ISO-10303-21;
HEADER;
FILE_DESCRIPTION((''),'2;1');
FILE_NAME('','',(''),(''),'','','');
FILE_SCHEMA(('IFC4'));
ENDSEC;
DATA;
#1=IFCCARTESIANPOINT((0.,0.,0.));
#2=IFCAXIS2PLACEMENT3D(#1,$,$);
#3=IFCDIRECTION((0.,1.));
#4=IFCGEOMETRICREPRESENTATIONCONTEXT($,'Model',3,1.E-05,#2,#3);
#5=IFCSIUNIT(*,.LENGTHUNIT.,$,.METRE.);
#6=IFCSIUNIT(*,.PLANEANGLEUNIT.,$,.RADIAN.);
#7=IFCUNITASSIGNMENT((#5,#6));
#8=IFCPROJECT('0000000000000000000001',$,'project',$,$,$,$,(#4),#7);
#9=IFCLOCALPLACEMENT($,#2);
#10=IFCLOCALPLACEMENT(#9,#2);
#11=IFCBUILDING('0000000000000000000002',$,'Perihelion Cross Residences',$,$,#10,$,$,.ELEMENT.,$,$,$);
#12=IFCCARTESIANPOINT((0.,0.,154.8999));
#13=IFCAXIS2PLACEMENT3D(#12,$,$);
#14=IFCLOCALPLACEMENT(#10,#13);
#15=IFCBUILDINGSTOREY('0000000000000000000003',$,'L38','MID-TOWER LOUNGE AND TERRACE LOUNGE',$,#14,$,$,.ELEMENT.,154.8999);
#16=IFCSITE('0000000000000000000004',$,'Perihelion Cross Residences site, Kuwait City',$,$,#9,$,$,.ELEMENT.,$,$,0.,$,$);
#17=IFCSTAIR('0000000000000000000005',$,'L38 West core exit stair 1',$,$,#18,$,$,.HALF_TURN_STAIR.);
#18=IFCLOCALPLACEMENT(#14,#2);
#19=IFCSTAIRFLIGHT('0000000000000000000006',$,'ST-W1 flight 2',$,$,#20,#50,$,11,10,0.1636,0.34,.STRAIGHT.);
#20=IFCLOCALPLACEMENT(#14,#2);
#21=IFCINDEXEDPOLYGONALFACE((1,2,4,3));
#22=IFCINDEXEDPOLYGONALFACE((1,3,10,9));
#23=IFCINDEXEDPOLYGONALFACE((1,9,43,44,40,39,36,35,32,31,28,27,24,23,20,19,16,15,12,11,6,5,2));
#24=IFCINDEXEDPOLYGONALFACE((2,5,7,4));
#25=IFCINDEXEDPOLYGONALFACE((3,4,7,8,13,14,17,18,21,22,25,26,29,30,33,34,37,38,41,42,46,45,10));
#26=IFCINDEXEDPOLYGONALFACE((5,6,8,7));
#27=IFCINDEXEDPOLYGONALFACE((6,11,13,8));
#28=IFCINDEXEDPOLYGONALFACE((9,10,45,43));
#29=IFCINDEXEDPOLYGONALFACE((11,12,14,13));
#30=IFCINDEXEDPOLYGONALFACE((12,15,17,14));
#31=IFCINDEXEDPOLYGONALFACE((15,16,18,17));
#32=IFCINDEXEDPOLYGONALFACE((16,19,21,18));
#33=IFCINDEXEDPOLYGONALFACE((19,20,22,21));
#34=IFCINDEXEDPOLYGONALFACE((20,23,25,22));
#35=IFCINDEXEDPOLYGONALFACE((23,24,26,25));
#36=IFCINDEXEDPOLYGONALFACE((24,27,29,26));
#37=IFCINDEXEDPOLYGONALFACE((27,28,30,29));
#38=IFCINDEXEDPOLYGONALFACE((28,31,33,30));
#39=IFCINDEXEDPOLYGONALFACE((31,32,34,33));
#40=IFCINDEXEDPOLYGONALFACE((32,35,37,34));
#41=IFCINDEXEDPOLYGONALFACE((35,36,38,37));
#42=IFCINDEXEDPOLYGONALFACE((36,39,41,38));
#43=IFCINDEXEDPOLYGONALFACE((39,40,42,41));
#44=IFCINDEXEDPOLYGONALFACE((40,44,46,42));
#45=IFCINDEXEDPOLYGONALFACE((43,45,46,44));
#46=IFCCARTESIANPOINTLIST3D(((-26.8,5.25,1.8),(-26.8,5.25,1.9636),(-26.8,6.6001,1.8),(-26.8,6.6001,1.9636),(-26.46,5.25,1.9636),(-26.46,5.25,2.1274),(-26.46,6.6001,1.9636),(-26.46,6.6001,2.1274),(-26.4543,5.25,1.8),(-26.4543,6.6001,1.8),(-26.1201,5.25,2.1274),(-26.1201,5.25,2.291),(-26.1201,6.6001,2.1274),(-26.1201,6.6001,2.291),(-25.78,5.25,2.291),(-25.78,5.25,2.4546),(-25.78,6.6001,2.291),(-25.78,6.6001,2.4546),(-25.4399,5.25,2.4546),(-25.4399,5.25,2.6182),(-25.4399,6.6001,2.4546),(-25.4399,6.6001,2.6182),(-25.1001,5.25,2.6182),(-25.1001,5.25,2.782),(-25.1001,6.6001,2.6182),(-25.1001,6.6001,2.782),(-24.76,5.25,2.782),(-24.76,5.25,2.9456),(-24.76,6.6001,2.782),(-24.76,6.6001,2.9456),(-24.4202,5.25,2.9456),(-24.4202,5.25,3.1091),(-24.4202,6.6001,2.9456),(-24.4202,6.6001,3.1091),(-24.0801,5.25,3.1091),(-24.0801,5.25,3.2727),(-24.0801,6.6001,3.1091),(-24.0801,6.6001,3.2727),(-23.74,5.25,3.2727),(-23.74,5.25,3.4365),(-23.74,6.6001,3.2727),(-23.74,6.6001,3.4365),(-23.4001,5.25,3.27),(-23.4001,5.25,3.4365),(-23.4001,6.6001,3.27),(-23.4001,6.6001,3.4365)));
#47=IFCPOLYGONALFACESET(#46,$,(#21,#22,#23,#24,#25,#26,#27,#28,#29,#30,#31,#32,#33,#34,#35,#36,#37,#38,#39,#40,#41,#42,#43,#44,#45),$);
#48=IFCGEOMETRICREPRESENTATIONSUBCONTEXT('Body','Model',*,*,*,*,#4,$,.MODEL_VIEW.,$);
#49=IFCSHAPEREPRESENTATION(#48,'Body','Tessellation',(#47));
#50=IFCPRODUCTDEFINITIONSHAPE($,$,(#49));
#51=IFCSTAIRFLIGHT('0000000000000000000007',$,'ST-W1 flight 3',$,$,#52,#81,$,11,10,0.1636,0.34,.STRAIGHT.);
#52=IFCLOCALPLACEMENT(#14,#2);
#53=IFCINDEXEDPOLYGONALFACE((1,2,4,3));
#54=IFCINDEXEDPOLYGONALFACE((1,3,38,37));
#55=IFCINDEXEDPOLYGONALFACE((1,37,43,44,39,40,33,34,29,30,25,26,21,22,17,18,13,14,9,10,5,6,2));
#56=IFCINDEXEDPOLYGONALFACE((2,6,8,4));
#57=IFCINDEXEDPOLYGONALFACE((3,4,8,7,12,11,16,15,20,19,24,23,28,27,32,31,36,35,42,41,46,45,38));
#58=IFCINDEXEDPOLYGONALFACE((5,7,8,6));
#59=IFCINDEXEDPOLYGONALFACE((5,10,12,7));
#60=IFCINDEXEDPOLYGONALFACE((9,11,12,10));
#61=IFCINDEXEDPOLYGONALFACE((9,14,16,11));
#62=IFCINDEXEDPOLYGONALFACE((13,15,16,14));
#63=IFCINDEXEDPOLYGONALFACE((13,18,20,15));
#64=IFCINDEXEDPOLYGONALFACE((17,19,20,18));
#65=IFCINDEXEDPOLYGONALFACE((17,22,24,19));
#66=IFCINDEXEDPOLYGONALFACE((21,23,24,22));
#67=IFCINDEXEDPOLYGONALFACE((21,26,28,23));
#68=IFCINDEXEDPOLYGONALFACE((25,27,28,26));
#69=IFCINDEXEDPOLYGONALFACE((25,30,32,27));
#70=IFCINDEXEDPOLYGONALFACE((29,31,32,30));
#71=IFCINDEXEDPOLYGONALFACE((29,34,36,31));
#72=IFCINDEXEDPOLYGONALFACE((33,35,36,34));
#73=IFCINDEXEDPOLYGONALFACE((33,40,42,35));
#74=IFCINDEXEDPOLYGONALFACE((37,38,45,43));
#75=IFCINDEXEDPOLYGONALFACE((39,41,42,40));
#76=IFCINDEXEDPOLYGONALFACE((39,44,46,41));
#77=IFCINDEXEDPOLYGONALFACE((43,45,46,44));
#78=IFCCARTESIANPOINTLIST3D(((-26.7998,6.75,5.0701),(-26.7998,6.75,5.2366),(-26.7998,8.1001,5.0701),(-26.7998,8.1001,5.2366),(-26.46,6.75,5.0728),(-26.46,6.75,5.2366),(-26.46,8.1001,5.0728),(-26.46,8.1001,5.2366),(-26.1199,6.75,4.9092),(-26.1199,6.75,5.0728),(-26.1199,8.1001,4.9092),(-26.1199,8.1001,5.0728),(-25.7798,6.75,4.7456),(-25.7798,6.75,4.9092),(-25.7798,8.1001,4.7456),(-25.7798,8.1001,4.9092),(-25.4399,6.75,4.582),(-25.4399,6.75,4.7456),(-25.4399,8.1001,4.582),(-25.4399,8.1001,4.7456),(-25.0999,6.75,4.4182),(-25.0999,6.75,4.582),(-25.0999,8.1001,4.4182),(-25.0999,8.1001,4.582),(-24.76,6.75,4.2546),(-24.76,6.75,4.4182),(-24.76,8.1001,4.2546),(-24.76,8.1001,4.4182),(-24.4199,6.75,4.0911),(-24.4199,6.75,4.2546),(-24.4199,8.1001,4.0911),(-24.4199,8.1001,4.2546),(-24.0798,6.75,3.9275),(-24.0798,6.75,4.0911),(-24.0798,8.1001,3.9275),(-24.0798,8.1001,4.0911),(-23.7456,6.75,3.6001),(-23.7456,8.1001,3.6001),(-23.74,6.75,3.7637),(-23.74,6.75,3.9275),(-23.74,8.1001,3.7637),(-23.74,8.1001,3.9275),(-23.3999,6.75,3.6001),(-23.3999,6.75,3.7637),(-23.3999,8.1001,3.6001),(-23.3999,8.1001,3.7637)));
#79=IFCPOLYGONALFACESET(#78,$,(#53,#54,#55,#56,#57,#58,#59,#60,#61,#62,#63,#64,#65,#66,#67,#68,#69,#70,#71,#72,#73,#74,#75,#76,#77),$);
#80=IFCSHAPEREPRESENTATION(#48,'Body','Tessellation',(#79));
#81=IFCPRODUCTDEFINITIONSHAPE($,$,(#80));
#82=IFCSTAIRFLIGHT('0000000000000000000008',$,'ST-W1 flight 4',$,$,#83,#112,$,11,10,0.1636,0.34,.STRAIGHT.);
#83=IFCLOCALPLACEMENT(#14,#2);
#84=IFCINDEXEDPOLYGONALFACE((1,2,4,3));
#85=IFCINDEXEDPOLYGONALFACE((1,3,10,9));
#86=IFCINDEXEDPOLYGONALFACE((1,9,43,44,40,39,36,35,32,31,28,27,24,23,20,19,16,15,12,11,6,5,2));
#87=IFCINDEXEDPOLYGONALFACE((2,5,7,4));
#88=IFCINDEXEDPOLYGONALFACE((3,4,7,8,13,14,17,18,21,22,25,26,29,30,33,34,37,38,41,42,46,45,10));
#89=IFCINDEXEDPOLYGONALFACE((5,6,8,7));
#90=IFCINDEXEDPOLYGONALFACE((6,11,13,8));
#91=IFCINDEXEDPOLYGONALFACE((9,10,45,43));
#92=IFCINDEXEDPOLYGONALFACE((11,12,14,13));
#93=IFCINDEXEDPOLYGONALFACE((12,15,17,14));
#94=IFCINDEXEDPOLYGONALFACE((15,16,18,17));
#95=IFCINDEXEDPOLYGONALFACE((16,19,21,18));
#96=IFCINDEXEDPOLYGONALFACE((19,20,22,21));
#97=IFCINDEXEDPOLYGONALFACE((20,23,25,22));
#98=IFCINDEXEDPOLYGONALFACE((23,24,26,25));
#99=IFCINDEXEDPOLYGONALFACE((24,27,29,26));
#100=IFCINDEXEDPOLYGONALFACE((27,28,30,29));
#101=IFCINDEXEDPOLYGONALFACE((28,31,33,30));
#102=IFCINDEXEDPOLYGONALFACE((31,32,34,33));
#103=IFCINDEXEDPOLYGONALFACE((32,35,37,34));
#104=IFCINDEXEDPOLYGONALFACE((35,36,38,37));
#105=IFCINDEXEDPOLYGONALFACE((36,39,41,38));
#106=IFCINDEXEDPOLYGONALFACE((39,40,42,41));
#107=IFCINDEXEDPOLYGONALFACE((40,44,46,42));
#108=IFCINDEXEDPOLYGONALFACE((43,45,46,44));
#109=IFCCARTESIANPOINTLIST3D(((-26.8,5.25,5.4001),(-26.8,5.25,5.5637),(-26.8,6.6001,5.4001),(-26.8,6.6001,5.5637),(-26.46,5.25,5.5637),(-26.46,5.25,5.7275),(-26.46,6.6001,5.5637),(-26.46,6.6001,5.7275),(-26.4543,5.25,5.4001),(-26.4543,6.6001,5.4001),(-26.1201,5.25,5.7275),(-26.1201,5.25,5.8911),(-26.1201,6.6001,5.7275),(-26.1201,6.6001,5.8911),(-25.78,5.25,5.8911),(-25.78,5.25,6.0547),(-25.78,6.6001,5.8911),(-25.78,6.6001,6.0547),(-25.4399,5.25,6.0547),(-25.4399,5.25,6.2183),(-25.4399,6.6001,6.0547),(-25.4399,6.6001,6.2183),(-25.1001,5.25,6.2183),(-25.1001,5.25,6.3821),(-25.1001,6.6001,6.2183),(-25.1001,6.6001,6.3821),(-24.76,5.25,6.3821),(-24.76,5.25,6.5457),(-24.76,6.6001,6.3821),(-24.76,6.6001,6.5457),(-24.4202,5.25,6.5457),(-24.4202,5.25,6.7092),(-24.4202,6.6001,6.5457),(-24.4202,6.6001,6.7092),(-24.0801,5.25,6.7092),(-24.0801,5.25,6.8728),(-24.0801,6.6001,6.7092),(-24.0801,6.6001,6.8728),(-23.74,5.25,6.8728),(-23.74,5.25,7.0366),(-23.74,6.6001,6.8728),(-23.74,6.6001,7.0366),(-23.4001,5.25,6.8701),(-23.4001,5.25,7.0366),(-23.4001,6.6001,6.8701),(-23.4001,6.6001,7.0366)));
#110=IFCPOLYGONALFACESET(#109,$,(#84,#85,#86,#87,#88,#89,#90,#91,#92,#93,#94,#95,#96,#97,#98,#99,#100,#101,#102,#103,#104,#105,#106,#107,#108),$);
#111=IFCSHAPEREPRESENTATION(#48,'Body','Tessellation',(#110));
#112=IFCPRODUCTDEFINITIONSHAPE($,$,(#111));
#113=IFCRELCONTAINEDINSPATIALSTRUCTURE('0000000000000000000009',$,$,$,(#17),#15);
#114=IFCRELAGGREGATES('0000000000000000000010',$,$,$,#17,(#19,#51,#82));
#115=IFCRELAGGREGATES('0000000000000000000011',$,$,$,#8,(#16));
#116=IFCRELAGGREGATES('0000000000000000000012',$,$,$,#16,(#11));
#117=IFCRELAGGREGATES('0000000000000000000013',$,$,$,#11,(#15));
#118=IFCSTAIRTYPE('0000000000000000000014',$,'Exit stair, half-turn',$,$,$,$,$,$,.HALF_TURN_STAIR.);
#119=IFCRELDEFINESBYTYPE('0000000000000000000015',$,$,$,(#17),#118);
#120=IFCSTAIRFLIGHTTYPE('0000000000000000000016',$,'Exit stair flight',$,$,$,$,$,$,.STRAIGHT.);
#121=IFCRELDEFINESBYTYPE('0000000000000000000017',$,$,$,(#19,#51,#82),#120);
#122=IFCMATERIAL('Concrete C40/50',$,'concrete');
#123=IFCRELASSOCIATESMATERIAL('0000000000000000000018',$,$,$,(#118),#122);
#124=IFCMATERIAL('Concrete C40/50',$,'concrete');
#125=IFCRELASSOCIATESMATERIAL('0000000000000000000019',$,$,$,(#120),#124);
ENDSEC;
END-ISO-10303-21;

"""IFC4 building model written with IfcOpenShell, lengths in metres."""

from ifc_helpers import new_model, si_unit, direction, frame, origin, place, context, subcontext, project, spatial, polyline, outline, extrude, material, type_object, element, aggregate, save


model = new_model("IFC4")

# Units and contexts
model_context = context("Model", 3, precision=1e-05, world=origin(), true_north=direction((0.0, 1.0)))
body_context = subcontext(model_context, "Body", "Model", "MODEL_VIEW")
ifc_project = project(units=[si_unit("LENGTHUNIT", "METRE"), si_unit("PLANEANGLEUNIT", "RADIAN")], contexts=[model_context])

# Site, building, storey
site_placement = place(None, origin())
site = spatial("IfcSite", under=ifc_project, at=site_placement, Name="Perihelion Cross Residences site, Kuwait City", CompositionType="ELEMENT", RefElevation=0.0)
building_placement = place(site_placement, origin())
building = spatial("IfcBuilding", under=site, at=building_placement, Name="Perihelion Cross Residences", CompositionType="ELEMENT")
storey_placement = place(building_placement, frame((0.0, 0.0, 154.8999)))
storey = spatial("IfcBuildingStorey", under=building, at=storey_placement, Name="L38", Description="MID-TOWER LOUNGE AND TERRACE LOUNGE", CompositionType="ELEMENT", Elevation=154.8999)

# Stair, stair flights
ifc_material_1 = material(Name="Concrete C40/50", Category="concrete")
stair_type = type_object("IfcStairType", Name="Exit stair, half-turn", PredefinedType="HALF_TURN_STAIR", material=ifc_material_1)
stair_placement = place(storey_placement, origin())
stair = element("IfcStair", 1, at=stair_placement, inside=storey, type_object=stair_type, Name="L38 West core exit stair 1", PredefinedType="HALF_TURN_STAIR")
ifc_material_2 = material(Name="Concrete C40/50", Category="concrete")
stair_flight_type = type_object("IfcStairFlightType", Name="Exit stair flight", PredefinedType="STRAIGHT", material=ifc_material_2)
stair_flight_1_placement = place(storey_placement, frame((-26.8, 5.925, 1.8), z_axis=(0.0, 0.0, 1.0), x_axis=(1.0, 0.0, 0.0)))
stair_flight_1 = element("IfcStairFlight", 2, at=stair_flight_1_placement, type_object=stair_flight_type, Name="ST-W1 flight 2", NumberOfRisers=11, NumberOfTreads=10, PredefinedType="STRAIGHT", RiserHeight=0.1636, TreadLength=0.34, context=body_context, shape_type="SweptSolid", body=[
    extrude(outline(polyline([(0.0, 0.0), (0.0, 0.1636), (0.3401, 0.1636), (0.3401, 0.3274), (0.6799, 0.3274), (0.6799, 0.491), (1.02, 0.491), (1.02, 0.6545), (1.3601, 0.6545), (1.3601, 0.8181), (1.7, 0.8181), (1.7, 0.9819), (2.04, 0.9819), (2.04, 1.1455), (2.3799, 1.1455), (2.3799, 1.3091), (2.72, 1.3091), (2.72, 1.4727), (3.0601, 1.4727), (3.0601, 1.6365), (3.3999, 1.6365), (3.3999, 1.8), (3.3999, 1.47), (0.3457, 0.0), (0.0, 0.0)])), frame((0.0, 0.675, 0.0), z_axis=(0.0, -1.0, 0.0), x_axis=(1.0, 0.0, 0.0)), (0.0, 0.0, 1.0), 1.3501),
])
stair_flight_2_placement = place(storey_placement, frame((-23.3999, 7.425, 3.6001), z_axis=(0.0, 0.0, 1.0), x_axis=(-1.0, 0.0, 0.0)))
stair_flight_2 = element("IfcStairFlight", 3, at=stair_flight_2_placement, type_object=stair_flight_type, Name="ST-W1 flight 3", NumberOfRisers=11, NumberOfTreads=10, PredefinedType="STRAIGHT", RiserHeight=0.1636, TreadLength=0.34, context=body_context, shape_type="SweptSolid", body=[
    extrude(outline(polyline([(0.0, 0.0), (0.0, 0.1636), (0.3401, 0.1636), (0.3401, 0.3274), (0.6799, 0.3274), (0.6799, 0.491), (1.02, 0.491), (1.02, 0.6545), (1.3601, 0.6545), (1.3601, 0.8181), (1.7, 0.8181), (1.7, 0.9819), (2.04, 0.9819), (2.04, 1.1455), (2.3799, 1.1455), (2.3799, 1.3091), (2.72, 1.3091), (2.72, 1.4727), (3.0601, 1.4727), (3.0601, 1.6365), (3.3999, 1.6365), (3.3999, 1.8), (3.3999, 1.47), (0.3457, 0.0), (0.0, 0.0)])), frame((0.0, 0.675, 0.0), z_axis=(0.0, -1.0, 0.0), x_axis=(1.0, 0.0, 0.0)), (0.0, 0.0, 1.0), 1.3501),
])
stair_flight_3_placement = place(storey_placement, frame((-26.8, 5.925, 5.4001), z_axis=(0.0, 0.0, 1.0), x_axis=(1.0, 0.0, 0.0)))
stair_flight_3 = element("IfcStairFlight", 4, at=stair_flight_3_placement, type_object=stair_flight_type, Name="ST-W1 flight 4", NumberOfRisers=11, NumberOfTreads=10, PredefinedType="STRAIGHT", RiserHeight=0.1636, TreadLength=0.34, context=body_context, shape_type="SweptSolid", body=[
    extrude(outline(polyline([(0.0, 0.0), (0.0, 0.1636), (0.3401, 0.1636), (0.3401, 0.3274), (0.6799, 0.3274), (0.6799, 0.491), (1.02, 0.491), (1.02, 0.6545), (1.3601, 0.6545), (1.3601, 0.8181), (1.7, 0.8181), (1.7, 0.9819), (2.04, 0.9819), (2.04, 1.1455), (2.3799, 1.1455), (2.3799, 1.3091), (2.72, 1.3091), (2.72, 1.4727), (3.0601, 1.4727), (3.0601, 1.6365), (3.3999, 1.6365), (3.3999, 1.8), (3.3999, 1.47), (0.3457, 0.0), (0.0, 0.0)])), frame((0.0, 0.675, 0.0), z_axis=(0.0, -1.0, 0.0), x_axis=(1.0, 0.0, 0.0)), (0.0, 0.0, 1.0), 1.3501),
])
aggregate(stair, [stair_flight_1, stair_flight_2, stair_flight_3])

save(model, "model.ifc")
